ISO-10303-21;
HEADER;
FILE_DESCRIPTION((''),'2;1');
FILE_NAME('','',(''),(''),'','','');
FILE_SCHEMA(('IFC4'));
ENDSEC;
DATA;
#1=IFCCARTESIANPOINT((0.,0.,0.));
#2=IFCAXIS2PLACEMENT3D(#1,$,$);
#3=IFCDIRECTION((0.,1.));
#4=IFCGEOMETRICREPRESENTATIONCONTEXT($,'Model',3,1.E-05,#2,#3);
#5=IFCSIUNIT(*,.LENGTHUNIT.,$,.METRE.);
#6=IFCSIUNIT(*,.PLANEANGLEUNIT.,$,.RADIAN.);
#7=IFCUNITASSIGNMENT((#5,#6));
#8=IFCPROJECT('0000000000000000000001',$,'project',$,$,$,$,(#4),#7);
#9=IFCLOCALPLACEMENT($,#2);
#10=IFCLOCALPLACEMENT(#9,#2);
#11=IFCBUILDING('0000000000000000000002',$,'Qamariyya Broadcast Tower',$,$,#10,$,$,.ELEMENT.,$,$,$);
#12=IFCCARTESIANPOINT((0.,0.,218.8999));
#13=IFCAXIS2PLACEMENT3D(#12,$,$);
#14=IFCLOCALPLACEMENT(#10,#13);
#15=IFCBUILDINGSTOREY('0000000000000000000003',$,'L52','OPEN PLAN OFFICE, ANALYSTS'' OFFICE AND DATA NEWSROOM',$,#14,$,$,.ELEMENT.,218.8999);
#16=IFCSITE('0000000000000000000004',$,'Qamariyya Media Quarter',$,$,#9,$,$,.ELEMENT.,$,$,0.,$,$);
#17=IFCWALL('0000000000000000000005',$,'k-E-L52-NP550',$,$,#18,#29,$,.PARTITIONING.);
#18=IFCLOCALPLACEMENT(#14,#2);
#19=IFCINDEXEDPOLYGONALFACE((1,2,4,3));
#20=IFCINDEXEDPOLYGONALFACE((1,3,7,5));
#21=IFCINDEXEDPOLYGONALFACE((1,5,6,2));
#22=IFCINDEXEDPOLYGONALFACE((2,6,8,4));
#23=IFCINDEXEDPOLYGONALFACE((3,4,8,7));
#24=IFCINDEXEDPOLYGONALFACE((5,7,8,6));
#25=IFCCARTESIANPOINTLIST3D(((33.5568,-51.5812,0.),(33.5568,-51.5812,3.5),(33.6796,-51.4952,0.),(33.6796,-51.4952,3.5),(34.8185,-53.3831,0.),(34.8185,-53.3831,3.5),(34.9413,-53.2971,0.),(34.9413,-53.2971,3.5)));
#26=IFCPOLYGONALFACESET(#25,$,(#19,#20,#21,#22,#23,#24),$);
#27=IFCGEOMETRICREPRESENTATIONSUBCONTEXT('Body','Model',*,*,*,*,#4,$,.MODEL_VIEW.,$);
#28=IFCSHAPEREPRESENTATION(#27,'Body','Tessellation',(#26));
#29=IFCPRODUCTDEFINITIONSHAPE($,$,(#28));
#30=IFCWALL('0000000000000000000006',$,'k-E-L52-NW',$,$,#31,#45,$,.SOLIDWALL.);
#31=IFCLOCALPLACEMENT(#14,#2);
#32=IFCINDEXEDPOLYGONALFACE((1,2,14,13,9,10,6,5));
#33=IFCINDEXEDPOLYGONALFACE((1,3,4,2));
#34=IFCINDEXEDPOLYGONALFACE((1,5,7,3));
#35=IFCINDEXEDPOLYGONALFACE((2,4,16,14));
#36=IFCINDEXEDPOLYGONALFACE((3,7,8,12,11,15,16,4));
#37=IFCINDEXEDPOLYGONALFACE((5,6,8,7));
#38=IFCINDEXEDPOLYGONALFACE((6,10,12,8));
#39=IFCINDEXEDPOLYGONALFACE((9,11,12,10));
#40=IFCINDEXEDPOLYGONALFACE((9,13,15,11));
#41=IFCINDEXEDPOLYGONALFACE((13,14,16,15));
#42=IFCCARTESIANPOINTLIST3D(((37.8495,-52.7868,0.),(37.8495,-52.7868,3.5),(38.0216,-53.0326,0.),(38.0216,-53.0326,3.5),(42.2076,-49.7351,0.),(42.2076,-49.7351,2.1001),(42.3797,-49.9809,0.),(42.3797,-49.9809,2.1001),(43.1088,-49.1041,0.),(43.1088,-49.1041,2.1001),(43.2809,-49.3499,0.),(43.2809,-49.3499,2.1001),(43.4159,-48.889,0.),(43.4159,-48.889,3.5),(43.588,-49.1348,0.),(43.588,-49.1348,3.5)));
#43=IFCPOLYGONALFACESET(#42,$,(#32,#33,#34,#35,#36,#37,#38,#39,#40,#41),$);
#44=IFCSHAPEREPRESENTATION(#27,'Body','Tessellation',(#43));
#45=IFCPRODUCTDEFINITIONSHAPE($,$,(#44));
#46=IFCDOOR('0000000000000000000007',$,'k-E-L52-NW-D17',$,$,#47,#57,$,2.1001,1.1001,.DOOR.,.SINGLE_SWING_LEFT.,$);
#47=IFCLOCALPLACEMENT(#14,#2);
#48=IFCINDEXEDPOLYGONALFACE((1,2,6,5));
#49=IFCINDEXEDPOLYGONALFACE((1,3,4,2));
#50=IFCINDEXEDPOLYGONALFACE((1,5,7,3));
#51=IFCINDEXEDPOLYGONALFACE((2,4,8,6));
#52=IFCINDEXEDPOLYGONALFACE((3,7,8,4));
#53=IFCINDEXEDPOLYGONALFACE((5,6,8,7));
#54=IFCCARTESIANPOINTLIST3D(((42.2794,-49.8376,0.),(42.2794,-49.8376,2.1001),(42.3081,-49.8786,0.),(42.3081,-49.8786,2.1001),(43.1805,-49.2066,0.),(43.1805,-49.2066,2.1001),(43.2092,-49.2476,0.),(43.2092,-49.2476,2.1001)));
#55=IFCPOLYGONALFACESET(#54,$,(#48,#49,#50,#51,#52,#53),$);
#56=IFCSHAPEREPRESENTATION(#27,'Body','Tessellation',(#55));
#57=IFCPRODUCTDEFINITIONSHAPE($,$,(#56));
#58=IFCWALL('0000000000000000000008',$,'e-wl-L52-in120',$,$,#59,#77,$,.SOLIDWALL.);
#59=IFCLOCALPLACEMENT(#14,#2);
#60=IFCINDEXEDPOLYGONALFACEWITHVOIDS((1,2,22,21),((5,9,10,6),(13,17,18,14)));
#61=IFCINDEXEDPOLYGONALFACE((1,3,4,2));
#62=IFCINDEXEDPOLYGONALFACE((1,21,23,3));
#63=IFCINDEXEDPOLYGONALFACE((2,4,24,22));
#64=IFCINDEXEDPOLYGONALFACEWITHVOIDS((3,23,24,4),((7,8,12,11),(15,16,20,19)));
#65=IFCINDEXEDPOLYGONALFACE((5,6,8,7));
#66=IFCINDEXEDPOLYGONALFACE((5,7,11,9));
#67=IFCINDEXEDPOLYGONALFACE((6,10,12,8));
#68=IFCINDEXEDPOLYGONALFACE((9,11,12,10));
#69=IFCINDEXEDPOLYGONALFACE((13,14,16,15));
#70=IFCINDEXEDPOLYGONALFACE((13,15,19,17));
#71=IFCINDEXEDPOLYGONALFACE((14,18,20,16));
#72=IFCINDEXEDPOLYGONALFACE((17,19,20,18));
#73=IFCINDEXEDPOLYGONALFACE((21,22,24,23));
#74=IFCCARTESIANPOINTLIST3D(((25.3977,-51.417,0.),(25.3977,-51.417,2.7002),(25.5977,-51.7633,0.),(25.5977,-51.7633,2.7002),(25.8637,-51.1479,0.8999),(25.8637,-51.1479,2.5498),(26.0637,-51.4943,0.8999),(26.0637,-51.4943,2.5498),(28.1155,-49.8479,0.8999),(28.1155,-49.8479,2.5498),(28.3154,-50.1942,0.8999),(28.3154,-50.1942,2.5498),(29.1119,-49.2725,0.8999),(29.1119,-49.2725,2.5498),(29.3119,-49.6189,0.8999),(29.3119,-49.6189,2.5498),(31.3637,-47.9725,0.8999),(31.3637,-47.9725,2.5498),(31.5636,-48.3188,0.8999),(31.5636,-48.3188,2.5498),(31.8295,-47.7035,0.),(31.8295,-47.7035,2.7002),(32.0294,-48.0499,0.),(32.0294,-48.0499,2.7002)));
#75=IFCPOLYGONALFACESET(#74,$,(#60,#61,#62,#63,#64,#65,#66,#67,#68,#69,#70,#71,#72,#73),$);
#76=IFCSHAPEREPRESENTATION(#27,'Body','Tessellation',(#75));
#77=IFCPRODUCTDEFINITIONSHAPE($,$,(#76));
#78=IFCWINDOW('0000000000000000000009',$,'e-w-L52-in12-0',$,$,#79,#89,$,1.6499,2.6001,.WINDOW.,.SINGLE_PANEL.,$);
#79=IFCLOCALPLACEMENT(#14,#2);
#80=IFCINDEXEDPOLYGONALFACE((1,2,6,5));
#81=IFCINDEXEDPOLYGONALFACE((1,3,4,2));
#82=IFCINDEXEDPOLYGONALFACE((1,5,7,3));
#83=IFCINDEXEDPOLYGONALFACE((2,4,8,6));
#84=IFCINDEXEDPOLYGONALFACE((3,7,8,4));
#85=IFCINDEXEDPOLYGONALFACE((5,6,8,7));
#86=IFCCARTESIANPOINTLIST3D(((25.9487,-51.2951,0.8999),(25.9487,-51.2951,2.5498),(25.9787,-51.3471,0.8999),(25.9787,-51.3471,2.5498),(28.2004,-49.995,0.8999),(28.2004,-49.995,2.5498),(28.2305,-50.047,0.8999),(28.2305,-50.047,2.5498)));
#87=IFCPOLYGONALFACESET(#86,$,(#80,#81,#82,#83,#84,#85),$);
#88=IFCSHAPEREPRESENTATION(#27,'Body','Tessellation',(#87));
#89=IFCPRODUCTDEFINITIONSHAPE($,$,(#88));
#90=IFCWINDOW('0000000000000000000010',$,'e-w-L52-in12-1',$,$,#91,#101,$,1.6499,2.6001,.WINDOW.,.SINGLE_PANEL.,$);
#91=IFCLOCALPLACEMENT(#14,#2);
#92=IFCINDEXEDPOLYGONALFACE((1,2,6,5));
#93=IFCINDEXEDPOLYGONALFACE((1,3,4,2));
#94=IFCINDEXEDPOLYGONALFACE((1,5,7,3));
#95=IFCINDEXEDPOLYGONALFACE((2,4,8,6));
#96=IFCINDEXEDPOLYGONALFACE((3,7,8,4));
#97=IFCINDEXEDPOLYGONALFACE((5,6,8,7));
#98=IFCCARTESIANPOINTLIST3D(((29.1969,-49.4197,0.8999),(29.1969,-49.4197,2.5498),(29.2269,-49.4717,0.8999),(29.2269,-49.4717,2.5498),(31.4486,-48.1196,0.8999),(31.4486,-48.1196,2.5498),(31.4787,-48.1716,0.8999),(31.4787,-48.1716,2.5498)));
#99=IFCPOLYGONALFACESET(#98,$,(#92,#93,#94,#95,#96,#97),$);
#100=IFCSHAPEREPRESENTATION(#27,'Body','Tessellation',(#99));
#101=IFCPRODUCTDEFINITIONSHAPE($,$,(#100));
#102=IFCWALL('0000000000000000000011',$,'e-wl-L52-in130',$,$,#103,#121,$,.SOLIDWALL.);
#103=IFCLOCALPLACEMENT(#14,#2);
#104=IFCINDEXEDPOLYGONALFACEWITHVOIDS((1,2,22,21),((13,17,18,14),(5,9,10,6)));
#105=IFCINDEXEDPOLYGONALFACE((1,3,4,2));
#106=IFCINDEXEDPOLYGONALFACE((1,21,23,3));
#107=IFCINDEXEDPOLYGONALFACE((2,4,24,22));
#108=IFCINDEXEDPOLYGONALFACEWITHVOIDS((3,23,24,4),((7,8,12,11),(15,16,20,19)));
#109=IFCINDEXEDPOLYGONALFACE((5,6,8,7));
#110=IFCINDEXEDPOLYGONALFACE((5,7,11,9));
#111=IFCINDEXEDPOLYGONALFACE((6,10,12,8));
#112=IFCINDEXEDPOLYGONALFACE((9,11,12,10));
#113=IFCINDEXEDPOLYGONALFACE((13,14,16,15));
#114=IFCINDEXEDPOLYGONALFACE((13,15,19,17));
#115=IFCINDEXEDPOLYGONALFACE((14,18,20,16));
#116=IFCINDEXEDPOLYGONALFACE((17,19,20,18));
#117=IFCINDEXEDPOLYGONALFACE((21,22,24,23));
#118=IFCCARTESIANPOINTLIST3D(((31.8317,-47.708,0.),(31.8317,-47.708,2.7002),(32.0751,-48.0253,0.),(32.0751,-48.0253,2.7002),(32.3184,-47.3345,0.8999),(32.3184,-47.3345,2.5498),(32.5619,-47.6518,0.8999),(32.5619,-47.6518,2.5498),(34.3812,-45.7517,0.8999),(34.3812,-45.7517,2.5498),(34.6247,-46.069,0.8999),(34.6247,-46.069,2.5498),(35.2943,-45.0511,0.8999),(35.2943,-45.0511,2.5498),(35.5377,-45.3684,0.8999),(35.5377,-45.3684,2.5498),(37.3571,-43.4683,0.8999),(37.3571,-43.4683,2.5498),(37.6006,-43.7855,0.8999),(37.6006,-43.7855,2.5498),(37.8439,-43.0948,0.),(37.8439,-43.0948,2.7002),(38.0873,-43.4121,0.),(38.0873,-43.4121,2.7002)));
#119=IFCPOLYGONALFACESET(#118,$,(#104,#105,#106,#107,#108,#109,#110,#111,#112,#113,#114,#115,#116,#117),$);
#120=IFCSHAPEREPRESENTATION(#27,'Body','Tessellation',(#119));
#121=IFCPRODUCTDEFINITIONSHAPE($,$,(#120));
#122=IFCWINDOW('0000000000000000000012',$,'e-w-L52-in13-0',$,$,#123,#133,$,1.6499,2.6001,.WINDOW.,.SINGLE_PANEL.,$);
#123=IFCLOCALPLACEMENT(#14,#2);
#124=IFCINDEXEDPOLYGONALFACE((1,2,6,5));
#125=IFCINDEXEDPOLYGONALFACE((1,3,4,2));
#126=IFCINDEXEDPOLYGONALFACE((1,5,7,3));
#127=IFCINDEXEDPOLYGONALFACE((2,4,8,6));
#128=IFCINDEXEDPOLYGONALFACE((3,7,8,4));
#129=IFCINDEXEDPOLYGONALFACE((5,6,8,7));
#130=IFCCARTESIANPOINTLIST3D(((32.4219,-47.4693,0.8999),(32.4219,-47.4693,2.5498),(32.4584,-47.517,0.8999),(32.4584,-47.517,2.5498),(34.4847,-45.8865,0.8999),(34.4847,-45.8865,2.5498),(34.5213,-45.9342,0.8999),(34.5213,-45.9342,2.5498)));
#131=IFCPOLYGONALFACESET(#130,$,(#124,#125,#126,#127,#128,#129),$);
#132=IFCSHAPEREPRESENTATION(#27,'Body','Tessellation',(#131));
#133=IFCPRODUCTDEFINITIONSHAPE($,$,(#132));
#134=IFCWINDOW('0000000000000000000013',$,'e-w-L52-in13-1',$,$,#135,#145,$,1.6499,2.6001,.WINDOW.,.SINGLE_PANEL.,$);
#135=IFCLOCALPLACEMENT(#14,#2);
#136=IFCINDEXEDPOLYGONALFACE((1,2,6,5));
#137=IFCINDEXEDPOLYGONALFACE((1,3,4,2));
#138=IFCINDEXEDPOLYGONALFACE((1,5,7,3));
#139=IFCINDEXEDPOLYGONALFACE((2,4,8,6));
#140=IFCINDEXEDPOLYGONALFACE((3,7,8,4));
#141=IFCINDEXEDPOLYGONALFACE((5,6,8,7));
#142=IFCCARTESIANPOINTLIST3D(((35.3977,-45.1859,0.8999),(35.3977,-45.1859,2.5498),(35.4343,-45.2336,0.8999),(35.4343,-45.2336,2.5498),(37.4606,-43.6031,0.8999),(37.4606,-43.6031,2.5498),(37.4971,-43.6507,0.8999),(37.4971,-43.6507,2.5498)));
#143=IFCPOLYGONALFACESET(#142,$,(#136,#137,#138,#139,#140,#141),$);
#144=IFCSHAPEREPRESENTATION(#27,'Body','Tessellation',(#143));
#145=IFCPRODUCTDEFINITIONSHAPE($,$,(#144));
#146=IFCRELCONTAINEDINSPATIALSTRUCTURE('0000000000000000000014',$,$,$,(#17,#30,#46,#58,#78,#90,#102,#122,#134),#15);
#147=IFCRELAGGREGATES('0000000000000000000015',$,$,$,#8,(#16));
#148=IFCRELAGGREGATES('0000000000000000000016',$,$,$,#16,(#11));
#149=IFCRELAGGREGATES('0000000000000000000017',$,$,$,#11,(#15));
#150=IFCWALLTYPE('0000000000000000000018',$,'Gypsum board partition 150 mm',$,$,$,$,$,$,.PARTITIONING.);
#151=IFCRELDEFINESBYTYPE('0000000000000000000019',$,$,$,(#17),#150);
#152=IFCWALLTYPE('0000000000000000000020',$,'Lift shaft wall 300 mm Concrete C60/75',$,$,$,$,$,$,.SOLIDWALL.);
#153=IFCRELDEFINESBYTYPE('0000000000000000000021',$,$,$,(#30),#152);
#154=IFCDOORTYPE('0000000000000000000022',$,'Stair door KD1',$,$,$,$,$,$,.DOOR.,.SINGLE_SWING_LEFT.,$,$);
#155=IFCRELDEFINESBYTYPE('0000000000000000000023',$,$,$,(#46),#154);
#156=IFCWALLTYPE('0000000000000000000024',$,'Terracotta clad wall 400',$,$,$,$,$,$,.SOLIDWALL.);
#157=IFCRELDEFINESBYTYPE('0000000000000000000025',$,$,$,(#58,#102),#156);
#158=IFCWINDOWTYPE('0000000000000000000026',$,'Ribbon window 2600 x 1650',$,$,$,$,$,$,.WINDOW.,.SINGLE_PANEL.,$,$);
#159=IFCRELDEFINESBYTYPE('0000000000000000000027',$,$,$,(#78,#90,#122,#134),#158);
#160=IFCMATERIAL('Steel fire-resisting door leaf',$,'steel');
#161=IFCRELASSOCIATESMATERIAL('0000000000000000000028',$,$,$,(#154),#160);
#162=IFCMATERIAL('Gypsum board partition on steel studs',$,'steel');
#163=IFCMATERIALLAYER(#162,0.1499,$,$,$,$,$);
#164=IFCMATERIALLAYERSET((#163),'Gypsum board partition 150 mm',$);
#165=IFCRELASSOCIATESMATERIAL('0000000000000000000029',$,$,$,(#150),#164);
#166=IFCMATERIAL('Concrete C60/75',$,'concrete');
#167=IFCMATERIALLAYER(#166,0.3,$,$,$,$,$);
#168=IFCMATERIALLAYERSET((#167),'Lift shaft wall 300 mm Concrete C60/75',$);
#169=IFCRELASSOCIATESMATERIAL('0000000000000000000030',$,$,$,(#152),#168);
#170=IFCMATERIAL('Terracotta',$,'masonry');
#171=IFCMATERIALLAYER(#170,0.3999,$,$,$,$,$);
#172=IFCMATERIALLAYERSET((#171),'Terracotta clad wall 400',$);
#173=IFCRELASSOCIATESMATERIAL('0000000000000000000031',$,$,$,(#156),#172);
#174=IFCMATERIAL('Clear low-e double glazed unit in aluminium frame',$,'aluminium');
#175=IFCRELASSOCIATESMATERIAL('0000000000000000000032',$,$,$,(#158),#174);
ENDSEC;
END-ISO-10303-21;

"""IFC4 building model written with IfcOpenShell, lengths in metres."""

from ifc_helpers import new_model, si_unit, direction, frame, frame_2d, origin, place, context, subcontext, project, spatial, rectangle, extrude, material, layer, layer_set, type_object, element, fill, save


model = new_model("IFC4")

# Units and contexts
model_context = context("Model", 3, precision=1e-05, world=origin(), true_north=direction((0.0, 1.0)))
body_context = subcontext(model_context, "Body", "Model", "MODEL_VIEW")
ifc_project = project(units=[si_unit("LENGTHUNIT", "METRE"), si_unit("PLANEANGLEUNIT", "RADIAN")], contexts=[model_context])

# Site, building, storey
site_placement = place(None, origin())
site = spatial("IfcSite", under=ifc_project, at=site_placement, Name="Qamariyya Media Quarter", CompositionType="ELEMENT", RefElevation=0.0)
building_placement = place(site_placement, origin())
building = spatial("IfcBuilding", under=site, at=building_placement, Name="Qamariyya Broadcast Tower", CompositionType="ELEMENT")
storey_placement = place(building_placement, frame((0.0, 0.0, 218.8999)))
storey = spatial("IfcBuildingStorey", under=building, at=storey_placement, Name="L52", Description="OPEN PLAN OFFICE, ANALYSTS' OFFICE AND DATA NEWSROOM", CompositionType="ELEMENT", Elevation=218.8999)

# Shared definitions
ifc_material_1 = material(Name="Concrete C60/75", Category="concrete")

# Shared definitions
ifc_material_2 = material(Name="Steel fire-resisting door leaf", Category="steel")
door_type_1 = type_object("IfcDoorType", Name="Stair door KD1", OperationType="SINGLE_SWING_LEFT", PredefinedType="DOOR", material=ifc_material_2)

# Wall
ifc_material_3 = material(Name="Gypsum board partition on steel studs", Category="steel")
ifc_layer_1 = layer(ifc_material_3, 0.1499)
ifc_layer_set_1 = layer_set([ifc_layer_1], Name="Gypsum board partition 150 mm")
wall_type_1 = type_object("IfcWallType", Name="Gypsum board partition 150 mm", PredefinedType="PARTITIONING", material=ifc_layer_set_1)
wall_1_placement = place(storey_placement, frame((34.8799, -53.3401, 0.0), z_axis=(0.0, 0.0, 1.0), x_axis=(-0.573559, 0.819164, 0.0)))
element("IfcWall", 1, at=wall_1_placement, inside=storey, type_object=wall_type_1, Name="k-E-L52-NP550", PredefinedType="PARTITIONING", context=body_context, shape_type="SweptSolid", body=[
    extrude(rectangle(XDim=2.1997, YDim=0.1499, at=frame_2d((1.0999, 0.0))), origin(), (0.0, 0.0, 1.0), 3.5),
])

# Wall, opening, door
ifc_layer_2 = layer(ifc_material_1, 0.3)
ifc_layer_set_2 = layer_set([ifc_layer_2], Name="Lift shaft wall 300 mm Concrete C60/75")
wall_type_2 = type_object("IfcWallType", Name="Lift shaft wall 300 mm Concrete C60/75", PredefinedType="SOLIDWALL", material=ifc_layer_set_2)
wall_2_placement = place(storey_placement, frame((37.9355, -52.9097, 0.0), z_axis=(0.0, 0.0, 1.0), x_axis=(0.819148, 0.573583, 0.0)))
wall_2 = element("IfcWall", 2, at=wall_2_placement, inside=storey, type_object=wall_type_2, Name="k-E-L52-NW", PredefinedType="SOLIDWALL", context=body_context, shape_type="SweptSolid", body=[
    extrude(rectangle(XDim=6.7954, YDim=0.3, at=frame_2d((3.3977, 0.0))), origin(), (0.0, 0.0, 1.0), 3.5),
])
opening_1_placement = place(wall_2_placement, frame((5.3203, 0.0, 0.0)))
opening_1 = element("IfcOpeningElement", 3, at=opening_1_placement, cuts=wall_2, PredefinedType="OPENING", context=body_context, shape_type="SweptSolid", body=[
    extrude(rectangle(XDim=1.1001, YDim=2.1001, at=frame_2d((0.55, 1.05))), frame((0.0, 0.1599, 0.0), z_axis=(0.0, -1.0, 0.0), x_axis=(1.0, 0.0, 0.0)), (0.0, 0.0, 1.0), 0.3201),
])
door_1_placement = place(opening_1_placement, origin())
door_1 = element("IfcDoor", 4, at=door_1_placement, inside=storey, type_object=door_type_1, Name="k-E-L52-NW-D17", OperationType="SINGLE_SWING_LEFT", OverallHeight=2.1001, OverallWidth=1.1001, PredefinedType="DOOR", context=body_context, shape_type="SweptSolid", body=[
    extrude(rectangle(XDim=1.1001, YDim=2.1001, at=frame_2d((0.55, 1.05))), frame((0.0, 0.0249, 0.0), z_axis=(0.0, -1.0, 0.0), x_axis=(1.0, 0.0, 0.0)), (0.0, 0.0, 1.0), 0.05),
])
fill(opening_1, door_1)

# Walls, openings, windows
ifc_material_4 = material(Name="Terracotta", Category="masonry")
ifc_layer_3 = layer(ifc_material_4, 0.3999)
ifc_layer_set_3 = layer_set([ifc_layer_3], Name="Terracotta clad wall 400")
wall_type_3 = type_object("IfcWallType", Name="Terracotta clad wall 400", PredefinedType="SOLIDWALL", material=ifc_layer_set_3)
wall_3_placement = place(storey_placement, frame((31.9294, -47.8767, 0.0), z_axis=(0.0, 0.0, 1.0), x_axis=(-0.866021, -0.500007, 0.0)))
wall_3 = element("IfcWall", 5, at=wall_3_placement, inside=storey, type_object=wall_type_3, Name="e-wl-L52-in120", PredefinedType="SOLIDWALL", context=body_context, shape_type="SweptSolid", body=[
    extrude(rectangle(XDim=7.4268, YDim=0.3999, at=frame_2d((3.7134, 0.0))), origin(), (0.0, 0.0, 1.0), 2.7002),
])
opening_2_placement = place(wall_3_placement, frame((4.2886, 0.0, 0.8999)))
opening_2 = element("IfcOpeningElement", 6, at=opening_2_placement, cuts=wall_3, PredefinedType="OPENING", context=body_context, shape_type="SweptSolid", body=[
    extrude(rectangle(XDim=2.6001, YDim=1.6499, at=frame_2d((1.3, 0.825))), frame((0.0, 0.21, 0.0), z_axis=(0.0, -1.0, 0.0), x_axis=(1.0, 0.0, 0.0)), (0.0, 0.0, 1.0), 0.4199),
])
opening_3_placement = place(wall_3_placement, frame((0.5378, 0.0, 0.8999)))
opening_3 = element("IfcOpeningElement", 7, at=opening_3_placement, cuts=wall_3, PredefinedType="OPENING", context=body_context, shape_type="SweptSolid", body=[
    extrude(rectangle(XDim=2.6001, YDim=1.6499, at=frame_2d((1.3, 0.825))), frame((0.0, 0.21, 0.0), z_axis=(0.0, -1.0, 0.0), x_axis=(1.0, 0.0, 0.0)), (0.0, 0.0, 1.0), 0.4199),
])
ifc_material_5 = material(Name="Clear low-e double glazed unit in aluminium frame", Category="aluminium")
window_type = type_object("IfcWindowType", Name="Ribbon window 2600 x 1650", PartitioningType="SINGLE_PANEL", PredefinedType="WINDOW", material=ifc_material_5)
window_1_placement = place(opening_2_placement, origin())
window_1 = element("IfcWindow", 8, at=window_1_placement, inside=storey, type_object=window_type, Name="e-w-L52-in12-0", OverallHeight=1.6499, OverallWidth=2.6001, PartitioningType="SINGLE_PANEL", PredefinedType="WINDOW", context=body_context, shape_type="SweptSolid", body=[
    extrude(rectangle(XDim=2.6001, YDim=1.6499, at=frame_2d((1.3, 0.825))), frame((0.0, 0.03, 0.0), z_axis=(0.0, -1.0, 0.0), x_axis=(1.0, 0.0, 0.0)), (0.0, 0.0, 1.0), 0.0601),
])
fill(opening_2, window_1)
window_2_placement = place(opening_3_placement, origin())
window_2 = element("IfcWindow", 9, at=window_2_placement, inside=storey, type_object=window_type, Name="e-w-L52-in12-1", OverallHeight=1.6499, OverallWidth=2.6001, PartitioningType="SINGLE_PANEL", PredefinedType="WINDOW", context=body_context, shape_type="SweptSolid", body=[
    extrude(rectangle(XDim=2.6001, YDim=1.6499, at=frame_2d((1.3, 0.825))), frame((0.0, 0.03, 0.0), z_axis=(0.0, -1.0, 0.0), x_axis=(1.0, 0.0, 0.0)), (0.0, 0.0, 1.0), 0.0601),
])
fill(opening_3, window_2)
wall_4_placement = place(storey_placement, frame((37.9656, -43.2534, 0.0), z_axis=(0.0, 0.0, 1.0), x_axis=(-0.793356, -0.608757, 0.0)))
wall_4 = element("IfcWall", 10, at=wall_4_placement, inside=storey, type_object=wall_type_3, Name="e-wl-L52-in130", PredefinedType="SOLIDWALL", context=body_context, shape_type="SweptSolid", body=[
    extrude(rectangle(XDim=7.5781, YDim=0.3999, at=frame_2d((3.7891, 0.0))), origin(), (0.0, 0.0, 1.0), 2.7002),
])
opening_4_placement = place(wall_4_placement, frame((4.3645, 0.0, 0.8999)))
opening_4 = element("IfcOpeningElement", 11, at=opening_4_placement, cuts=wall_4, PredefinedType="OPENING", context=body_context, shape_type="SweptSolid", body=[
    extrude(rectangle(XDim=2.6001, YDim=1.6499, at=frame_2d((1.3, 0.825))), frame((0.0, 0.21, 0.0), z_axis=(0.0, -1.0, 0.0), x_axis=(1.0, 0.0, 0.0)), (0.0, 0.0, 1.0), 0.4199),
])
opening_5_placement = place(wall_4_placement, frame((0.6135, 0.0, 0.8999)))
opening_5 = element("IfcOpeningElement", 12, at=opening_5_placement, cuts=wall_4, PredefinedType="OPENING", context=body_context, shape_type="SweptSolid", body=[
    extrude(rectangle(XDim=2.6001, YDim=1.6499, at=frame_2d((1.3, 0.825))), frame((0.0, 0.21, 0.0), z_axis=(0.0, -1.0, 0.0), x_axis=(1.0, 0.0, 0.0)), (0.0, 0.0, 1.0), 0.4199),
])
window_3_placement = place(opening_4_placement, origin())
window_3 = element("IfcWindow", 13, at=window_3_placement, inside=storey, type_object=window_type, Name="e-w-L52-in13-0", OverallHeight=1.6499, OverallWidth=2.6001, PartitioningType="SINGLE_PANEL", PredefinedType="WINDOW", context=body_context, shape_type="SweptSolid", body=[
    extrude(rectangle(XDim=2.6001, YDim=1.6499, at=frame_2d((1.3, 0.825))), frame((0.0, 0.03, 0.0), z_axis=(0.0, -1.0, 0.0), x_axis=(1.0, 0.0, 0.0)), (0.0, 0.0, 1.0), 0.0601),
])
fill(opening_4, window_3)
window_4_placement = place(opening_5_placement, origin())
window_4 = element("IfcWindow", 14, at=window_4_placement, inside=storey, type_object=window_type, Name="e-w-L52-in13-1", OverallHeight=1.6499, OverallWidth=2.6001, PartitioningType="SINGLE_PANEL", PredefinedType="WINDOW", context=body_context, shape_type="SweptSolid", body=[
    extrude(rectangle(XDim=2.6001, YDim=1.6499, at=frame_2d((1.3, 0.825))), frame((0.0, 0.03, 0.0), z_axis=(0.0, -1.0, 0.0), x_axis=(1.0, 0.0, 0.0)), (0.0, 0.0, 1.0), 0.0601),
])
fill(opening_5, window_4)

save(model, "model.ifc")
